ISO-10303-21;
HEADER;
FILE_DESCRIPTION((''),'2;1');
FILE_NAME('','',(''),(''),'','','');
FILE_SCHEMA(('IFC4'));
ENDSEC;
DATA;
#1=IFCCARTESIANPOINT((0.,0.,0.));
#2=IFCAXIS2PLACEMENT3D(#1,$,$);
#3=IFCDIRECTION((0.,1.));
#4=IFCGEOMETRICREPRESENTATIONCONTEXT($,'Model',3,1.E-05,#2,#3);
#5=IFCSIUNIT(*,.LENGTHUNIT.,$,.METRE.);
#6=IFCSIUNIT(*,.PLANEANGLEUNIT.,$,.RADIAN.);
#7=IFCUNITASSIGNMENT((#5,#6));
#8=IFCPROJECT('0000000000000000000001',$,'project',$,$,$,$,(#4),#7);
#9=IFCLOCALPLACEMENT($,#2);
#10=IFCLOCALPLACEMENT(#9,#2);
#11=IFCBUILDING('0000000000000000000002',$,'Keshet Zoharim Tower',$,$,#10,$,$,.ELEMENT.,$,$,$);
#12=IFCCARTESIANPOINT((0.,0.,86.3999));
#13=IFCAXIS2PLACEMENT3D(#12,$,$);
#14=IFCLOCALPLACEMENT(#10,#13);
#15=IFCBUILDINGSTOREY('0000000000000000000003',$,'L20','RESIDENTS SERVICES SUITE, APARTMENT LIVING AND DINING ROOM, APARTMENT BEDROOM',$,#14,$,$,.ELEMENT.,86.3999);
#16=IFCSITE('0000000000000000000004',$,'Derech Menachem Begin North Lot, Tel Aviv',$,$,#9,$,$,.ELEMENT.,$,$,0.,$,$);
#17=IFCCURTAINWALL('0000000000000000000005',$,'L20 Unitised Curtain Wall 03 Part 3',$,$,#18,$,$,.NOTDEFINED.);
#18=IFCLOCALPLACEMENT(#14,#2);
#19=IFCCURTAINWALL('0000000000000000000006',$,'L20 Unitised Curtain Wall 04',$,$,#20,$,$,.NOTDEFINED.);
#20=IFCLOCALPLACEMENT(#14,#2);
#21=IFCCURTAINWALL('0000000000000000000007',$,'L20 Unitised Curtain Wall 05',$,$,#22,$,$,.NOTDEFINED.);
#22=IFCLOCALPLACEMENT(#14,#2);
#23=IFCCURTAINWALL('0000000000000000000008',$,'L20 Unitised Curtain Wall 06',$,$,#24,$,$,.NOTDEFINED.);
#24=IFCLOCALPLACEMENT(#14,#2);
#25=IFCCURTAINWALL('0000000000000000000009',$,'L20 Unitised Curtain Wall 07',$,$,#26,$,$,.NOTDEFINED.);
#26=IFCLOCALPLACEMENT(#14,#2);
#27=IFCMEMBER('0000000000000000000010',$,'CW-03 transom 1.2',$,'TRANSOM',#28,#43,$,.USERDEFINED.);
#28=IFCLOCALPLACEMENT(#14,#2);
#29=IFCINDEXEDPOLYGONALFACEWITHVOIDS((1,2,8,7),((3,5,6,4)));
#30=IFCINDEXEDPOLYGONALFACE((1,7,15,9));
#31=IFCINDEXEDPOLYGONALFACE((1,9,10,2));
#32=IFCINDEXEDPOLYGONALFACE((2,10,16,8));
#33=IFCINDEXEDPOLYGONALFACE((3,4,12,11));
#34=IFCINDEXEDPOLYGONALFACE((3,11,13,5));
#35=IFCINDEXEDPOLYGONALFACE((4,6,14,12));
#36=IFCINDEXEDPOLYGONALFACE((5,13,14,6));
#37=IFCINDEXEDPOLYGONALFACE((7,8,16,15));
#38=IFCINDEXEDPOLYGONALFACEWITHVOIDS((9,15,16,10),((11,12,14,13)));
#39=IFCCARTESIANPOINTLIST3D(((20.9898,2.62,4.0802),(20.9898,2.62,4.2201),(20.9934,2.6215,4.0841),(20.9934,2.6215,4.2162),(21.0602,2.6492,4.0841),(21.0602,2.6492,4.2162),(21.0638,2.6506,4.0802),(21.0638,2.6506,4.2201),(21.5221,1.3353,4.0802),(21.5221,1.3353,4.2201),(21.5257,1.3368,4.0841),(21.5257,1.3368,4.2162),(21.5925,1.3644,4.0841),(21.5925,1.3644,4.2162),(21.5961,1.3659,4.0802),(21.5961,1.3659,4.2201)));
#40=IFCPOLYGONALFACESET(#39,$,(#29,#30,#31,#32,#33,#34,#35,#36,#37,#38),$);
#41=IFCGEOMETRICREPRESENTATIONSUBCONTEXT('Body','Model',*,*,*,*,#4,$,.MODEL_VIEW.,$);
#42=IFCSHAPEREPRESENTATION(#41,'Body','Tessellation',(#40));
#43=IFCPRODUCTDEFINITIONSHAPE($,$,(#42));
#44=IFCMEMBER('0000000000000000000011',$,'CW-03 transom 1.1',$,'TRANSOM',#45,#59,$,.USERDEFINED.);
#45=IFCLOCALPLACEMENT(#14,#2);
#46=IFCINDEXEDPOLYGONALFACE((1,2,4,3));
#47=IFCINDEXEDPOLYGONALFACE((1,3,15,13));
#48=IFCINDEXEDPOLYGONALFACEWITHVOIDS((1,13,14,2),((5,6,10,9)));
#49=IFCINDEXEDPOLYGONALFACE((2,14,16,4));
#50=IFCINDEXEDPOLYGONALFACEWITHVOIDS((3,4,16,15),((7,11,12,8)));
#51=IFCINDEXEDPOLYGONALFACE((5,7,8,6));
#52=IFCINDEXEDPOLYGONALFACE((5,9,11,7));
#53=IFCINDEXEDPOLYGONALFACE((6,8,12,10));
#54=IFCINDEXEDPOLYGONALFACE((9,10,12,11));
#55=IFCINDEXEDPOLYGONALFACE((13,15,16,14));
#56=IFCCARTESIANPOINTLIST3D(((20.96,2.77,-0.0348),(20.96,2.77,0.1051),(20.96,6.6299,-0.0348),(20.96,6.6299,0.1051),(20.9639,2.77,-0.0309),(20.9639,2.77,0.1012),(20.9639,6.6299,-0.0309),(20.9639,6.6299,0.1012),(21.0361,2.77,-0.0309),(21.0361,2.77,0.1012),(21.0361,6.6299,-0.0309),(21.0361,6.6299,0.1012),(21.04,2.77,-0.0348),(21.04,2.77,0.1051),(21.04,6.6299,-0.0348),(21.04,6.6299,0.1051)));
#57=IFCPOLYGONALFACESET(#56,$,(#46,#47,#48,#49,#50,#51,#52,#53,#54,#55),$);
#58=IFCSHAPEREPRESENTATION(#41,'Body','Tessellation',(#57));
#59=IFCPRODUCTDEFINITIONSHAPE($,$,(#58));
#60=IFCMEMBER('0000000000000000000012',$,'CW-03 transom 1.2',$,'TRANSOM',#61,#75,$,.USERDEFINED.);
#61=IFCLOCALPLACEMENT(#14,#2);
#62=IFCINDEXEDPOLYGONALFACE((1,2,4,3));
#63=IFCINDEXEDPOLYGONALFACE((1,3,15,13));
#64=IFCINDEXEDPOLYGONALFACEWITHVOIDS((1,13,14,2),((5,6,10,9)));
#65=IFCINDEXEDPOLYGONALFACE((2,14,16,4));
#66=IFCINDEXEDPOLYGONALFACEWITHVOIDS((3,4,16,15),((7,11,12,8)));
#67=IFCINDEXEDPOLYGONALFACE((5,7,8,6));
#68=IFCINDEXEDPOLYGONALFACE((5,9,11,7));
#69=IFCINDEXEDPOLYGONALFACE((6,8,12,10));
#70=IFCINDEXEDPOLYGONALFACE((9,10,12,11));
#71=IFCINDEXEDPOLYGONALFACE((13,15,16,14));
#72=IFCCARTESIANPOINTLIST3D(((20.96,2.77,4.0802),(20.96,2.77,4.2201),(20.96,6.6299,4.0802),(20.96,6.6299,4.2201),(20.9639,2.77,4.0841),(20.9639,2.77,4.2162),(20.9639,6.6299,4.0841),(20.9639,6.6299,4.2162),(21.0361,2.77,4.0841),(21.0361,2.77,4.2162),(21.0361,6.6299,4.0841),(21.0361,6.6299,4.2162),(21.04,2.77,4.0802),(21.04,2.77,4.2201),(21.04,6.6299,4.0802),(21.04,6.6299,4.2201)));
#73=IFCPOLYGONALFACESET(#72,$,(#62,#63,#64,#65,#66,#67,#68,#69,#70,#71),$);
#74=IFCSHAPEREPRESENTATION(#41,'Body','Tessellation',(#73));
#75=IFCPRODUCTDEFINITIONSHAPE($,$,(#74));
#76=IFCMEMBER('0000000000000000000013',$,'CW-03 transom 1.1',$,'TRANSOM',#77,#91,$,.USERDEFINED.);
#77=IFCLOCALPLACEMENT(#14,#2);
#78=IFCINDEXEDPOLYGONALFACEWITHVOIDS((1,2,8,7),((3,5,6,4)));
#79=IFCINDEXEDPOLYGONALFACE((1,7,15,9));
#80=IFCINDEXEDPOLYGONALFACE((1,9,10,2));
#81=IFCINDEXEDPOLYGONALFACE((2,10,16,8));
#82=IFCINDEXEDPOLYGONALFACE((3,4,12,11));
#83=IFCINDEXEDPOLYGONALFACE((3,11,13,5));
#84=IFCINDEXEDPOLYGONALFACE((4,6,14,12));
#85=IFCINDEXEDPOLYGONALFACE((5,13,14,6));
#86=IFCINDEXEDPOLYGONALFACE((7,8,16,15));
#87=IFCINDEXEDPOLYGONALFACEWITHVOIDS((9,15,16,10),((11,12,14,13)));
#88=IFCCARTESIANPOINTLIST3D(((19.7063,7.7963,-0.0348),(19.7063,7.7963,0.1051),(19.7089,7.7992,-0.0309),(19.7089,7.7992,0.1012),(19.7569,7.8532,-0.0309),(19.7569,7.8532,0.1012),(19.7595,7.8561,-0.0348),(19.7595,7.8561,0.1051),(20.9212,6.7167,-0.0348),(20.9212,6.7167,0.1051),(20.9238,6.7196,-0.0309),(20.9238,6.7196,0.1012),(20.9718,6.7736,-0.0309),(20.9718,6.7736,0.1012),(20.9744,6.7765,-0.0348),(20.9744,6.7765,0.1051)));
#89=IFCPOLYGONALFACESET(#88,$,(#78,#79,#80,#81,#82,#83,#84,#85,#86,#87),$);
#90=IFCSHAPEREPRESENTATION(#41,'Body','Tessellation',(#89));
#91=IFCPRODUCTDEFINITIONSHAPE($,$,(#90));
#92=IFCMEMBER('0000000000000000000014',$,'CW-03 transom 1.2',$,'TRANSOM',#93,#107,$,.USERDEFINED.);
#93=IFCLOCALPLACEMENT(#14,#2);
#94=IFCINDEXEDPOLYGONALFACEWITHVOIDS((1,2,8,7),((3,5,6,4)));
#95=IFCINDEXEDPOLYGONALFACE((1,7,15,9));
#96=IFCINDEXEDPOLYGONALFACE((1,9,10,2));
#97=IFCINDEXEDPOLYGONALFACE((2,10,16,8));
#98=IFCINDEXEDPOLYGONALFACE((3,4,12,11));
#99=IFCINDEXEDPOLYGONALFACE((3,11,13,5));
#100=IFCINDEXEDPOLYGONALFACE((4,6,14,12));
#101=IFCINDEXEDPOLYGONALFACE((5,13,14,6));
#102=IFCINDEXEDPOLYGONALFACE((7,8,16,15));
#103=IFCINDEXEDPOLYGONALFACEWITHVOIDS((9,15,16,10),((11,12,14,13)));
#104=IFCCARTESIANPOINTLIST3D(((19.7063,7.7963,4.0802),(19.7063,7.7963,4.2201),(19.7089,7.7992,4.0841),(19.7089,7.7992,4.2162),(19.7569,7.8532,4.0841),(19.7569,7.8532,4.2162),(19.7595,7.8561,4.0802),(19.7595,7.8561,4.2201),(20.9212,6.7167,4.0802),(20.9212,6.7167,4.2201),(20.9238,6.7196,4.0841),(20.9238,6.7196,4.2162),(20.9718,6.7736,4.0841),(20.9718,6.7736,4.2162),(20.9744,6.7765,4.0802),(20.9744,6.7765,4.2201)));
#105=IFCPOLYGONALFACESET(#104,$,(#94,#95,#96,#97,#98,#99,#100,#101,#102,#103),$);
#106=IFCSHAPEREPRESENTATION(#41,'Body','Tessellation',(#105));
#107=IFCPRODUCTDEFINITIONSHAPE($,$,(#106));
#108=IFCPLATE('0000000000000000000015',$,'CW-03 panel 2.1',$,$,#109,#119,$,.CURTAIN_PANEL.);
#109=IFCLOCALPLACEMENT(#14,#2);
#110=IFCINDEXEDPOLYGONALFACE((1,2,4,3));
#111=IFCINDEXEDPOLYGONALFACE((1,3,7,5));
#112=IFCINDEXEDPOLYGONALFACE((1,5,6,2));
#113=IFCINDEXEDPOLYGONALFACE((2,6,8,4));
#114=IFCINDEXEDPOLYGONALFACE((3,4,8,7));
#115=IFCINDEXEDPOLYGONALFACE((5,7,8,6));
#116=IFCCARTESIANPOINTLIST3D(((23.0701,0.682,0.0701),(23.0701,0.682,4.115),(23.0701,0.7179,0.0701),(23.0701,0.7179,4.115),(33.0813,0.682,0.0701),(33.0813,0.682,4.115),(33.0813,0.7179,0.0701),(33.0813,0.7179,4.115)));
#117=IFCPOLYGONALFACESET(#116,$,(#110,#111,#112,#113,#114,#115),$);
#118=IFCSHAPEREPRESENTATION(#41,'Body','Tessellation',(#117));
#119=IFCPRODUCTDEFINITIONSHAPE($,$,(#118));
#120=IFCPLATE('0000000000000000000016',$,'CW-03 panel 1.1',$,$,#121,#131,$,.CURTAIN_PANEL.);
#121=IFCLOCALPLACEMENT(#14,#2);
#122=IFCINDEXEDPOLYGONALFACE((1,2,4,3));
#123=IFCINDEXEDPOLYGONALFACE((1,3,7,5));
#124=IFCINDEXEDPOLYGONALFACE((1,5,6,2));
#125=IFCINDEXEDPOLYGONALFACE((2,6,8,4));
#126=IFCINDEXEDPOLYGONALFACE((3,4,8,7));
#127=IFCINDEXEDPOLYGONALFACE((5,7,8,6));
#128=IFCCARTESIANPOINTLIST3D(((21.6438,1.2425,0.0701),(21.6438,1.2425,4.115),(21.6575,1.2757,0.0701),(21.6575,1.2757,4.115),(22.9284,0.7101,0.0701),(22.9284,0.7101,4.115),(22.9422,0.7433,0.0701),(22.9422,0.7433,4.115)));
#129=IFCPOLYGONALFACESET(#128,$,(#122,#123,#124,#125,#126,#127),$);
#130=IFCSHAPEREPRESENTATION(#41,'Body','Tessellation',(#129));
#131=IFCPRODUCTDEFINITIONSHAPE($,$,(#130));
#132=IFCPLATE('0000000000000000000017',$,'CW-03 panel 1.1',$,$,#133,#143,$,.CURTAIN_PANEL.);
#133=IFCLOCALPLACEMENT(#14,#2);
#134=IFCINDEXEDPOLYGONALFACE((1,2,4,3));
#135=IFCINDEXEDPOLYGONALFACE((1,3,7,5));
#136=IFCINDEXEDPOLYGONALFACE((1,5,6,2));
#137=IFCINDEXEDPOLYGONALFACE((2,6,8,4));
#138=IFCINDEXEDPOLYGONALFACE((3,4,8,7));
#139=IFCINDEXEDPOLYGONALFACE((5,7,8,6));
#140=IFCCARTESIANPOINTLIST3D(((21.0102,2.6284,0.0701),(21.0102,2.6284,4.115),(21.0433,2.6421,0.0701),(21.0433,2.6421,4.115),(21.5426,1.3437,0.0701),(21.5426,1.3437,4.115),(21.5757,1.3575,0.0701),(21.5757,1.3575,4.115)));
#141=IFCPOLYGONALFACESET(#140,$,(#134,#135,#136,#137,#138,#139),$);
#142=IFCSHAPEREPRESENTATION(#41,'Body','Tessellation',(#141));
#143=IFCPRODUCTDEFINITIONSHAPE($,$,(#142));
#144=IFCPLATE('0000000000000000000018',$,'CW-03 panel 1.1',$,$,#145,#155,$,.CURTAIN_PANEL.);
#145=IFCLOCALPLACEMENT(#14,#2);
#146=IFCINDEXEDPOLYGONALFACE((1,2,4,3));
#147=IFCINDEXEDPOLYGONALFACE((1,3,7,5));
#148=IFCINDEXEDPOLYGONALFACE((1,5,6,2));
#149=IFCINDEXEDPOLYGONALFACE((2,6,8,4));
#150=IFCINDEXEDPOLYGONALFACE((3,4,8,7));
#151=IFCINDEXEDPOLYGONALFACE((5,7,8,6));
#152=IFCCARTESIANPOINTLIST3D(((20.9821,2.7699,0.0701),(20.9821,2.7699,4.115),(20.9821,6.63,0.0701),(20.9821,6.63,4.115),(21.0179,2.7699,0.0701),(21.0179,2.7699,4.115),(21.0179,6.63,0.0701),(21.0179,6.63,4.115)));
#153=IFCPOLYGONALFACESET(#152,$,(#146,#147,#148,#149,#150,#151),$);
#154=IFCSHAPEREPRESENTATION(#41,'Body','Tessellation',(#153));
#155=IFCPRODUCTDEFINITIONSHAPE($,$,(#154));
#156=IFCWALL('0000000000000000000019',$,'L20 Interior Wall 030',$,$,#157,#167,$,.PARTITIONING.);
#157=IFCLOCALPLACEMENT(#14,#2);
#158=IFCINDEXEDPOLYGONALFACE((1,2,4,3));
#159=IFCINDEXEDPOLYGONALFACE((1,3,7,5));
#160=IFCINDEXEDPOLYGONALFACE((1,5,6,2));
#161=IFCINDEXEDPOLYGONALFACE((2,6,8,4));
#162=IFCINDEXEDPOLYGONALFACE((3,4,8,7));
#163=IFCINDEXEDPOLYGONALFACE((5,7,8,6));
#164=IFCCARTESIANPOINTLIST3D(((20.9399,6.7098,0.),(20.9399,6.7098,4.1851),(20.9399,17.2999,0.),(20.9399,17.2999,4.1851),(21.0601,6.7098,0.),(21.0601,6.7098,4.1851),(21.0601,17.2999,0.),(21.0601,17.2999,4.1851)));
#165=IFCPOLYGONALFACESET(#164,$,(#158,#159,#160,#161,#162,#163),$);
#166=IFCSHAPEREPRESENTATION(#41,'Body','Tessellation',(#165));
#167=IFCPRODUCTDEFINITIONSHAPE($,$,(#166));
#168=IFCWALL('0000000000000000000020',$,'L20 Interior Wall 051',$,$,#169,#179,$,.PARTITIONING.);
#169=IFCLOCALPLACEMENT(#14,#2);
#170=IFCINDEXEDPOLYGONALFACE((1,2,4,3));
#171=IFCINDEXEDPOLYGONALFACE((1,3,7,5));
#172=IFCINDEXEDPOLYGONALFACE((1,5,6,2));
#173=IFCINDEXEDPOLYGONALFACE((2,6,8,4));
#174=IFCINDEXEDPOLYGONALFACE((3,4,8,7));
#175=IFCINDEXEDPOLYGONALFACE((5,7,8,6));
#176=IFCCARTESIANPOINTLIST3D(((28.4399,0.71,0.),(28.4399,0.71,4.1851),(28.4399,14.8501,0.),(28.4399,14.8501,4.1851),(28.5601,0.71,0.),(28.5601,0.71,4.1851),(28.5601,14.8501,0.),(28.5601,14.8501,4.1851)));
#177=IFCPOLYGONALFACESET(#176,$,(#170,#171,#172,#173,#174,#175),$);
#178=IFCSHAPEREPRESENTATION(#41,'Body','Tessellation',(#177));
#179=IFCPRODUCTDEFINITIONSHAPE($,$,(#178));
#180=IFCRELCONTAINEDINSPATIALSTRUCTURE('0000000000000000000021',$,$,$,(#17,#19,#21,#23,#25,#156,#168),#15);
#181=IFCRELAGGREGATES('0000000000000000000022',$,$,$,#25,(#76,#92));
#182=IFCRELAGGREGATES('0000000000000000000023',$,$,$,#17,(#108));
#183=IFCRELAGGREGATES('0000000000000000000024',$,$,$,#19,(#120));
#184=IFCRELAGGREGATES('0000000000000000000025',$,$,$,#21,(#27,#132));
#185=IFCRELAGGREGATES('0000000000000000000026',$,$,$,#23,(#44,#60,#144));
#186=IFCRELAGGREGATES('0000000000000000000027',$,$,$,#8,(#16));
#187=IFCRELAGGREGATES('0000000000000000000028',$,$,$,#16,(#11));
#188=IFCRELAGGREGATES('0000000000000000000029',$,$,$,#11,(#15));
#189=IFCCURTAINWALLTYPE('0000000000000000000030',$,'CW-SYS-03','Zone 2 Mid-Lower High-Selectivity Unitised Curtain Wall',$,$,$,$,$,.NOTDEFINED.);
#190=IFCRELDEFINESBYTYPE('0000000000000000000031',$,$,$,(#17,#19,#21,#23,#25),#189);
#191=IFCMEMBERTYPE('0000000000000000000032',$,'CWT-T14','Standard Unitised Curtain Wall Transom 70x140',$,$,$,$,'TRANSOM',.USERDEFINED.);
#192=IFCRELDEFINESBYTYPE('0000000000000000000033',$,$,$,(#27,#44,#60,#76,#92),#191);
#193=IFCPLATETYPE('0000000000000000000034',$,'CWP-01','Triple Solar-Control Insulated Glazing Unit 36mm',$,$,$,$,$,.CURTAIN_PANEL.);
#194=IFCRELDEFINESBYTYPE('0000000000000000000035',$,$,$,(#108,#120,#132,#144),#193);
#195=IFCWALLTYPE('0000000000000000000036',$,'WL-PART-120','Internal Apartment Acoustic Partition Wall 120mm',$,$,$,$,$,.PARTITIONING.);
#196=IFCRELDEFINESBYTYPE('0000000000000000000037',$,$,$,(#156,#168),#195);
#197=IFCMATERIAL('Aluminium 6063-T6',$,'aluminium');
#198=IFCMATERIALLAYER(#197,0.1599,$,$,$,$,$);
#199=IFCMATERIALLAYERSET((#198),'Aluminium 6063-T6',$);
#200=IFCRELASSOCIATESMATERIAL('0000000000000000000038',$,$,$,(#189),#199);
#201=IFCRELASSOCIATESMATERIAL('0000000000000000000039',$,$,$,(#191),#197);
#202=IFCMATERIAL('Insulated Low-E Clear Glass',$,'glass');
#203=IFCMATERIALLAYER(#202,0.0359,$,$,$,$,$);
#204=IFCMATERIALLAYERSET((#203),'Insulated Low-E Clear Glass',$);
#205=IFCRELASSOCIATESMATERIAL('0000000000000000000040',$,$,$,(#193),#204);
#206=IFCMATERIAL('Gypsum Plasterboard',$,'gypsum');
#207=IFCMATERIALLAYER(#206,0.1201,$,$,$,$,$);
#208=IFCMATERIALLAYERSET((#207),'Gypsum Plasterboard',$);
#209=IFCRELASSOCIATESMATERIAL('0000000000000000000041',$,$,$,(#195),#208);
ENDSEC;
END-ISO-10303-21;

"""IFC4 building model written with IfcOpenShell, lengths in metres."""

from ifc_helpers import new_model, si_unit, direction, frame, frame_2d, origin, origin_2d, place, context, subcontext, project, spatial, rectangle, hollow_rectangle, extrude, material, layer, layer_set, material_profile, profile_set, type_object, element, aggregate, save


model = new_model("IFC4")

# Units and contexts
model_context = context("Model", 3, precision=1e-05, world=origin(), true_north=direction((0.0, 1.0)))
body_context = subcontext(model_context, "Body", "Model", "MODEL_VIEW")
ifc_project = project(units=[si_unit("LENGTHUNIT", "METRE"), si_unit("PLANEANGLEUNIT", "RADIAN")], contexts=[model_context])

# Site, building, storey
site_placement = place(None, origin())
site = spatial("IfcSite", under=ifc_project, at=site_placement, Name="Derech Menachem Begin North Lot, Tel Aviv", CompositionType="ELEMENT", RefElevation=0.0)
building_placement = place(site_placement, origin())
building = spatial("IfcBuilding", under=site, at=building_placement, Name="Keshet Zoharim Tower", CompositionType="ELEMENT")
storey_placement = place(building_placement, frame((0.0, 0.0, 86.3999)))
storey = spatial("IfcBuildingStorey", under=building, at=storey_placement, Name="L20", Description="RESIDENTS SERVICES SUITE, APARTMENT LIVING AND DINING ROOM, APARTMENT BEDROOM", CompositionType="ELEMENT", Elevation=86.3999)

# Curtain wall
ifc_material_1 = material(Name="Aluminium 6063-T6", Category="aluminium")
ifc_layer_1 = layer(ifc_material_1, 0.1599)
ifc_layer_set_1 = layer_set([ifc_layer_1], Name="Aluminium 6063-T6")
curtain_wall_type = type_object("IfcCurtainWallType", Name="CW-SYS-03", Description="Zone 2 Mid-Lower High-Selectivity Unitised Curtain Wall", PredefinedType="NOTDEFINED", material=ifc_layer_set_1)
curtain_wall_1_placement = place(storey_placement, origin())
curtain_wall_1 = element("IfcCurtainWall", 1, at=curtain_wall_1_placement, inside=storey, type_object=curtain_wall_type, Name="L20 Unitised Curtain Wall 03 Part 3", PredefinedType="NOTDEFINED")

# Curtain walls
curtain_wall_2_placement = place(storey_placement, origin())
curtain_wall_2 = element("IfcCurtainWall", 2, at=curtain_wall_2_placement, inside=storey, type_object=curtain_wall_type, Name="L20 Unitised Curtain Wall 04", PredefinedType="NOTDEFINED")
curtain_wall_3_placement = place(storey_placement, origin())
curtain_wall_3 = element("IfcCurtainWall", 3, at=curtain_wall_3_placement, inside=storey, type_object=curtain_wall_type, Name="L20 Unitised Curtain Wall 05", PredefinedType="NOTDEFINED")
curtain_wall_4_placement = place(storey_placement, origin())
curtain_wall_4 = element("IfcCurtainWall", 4, at=curtain_wall_4_placement, inside=storey, type_object=curtain_wall_type, Name="L20 Unitised Curtain Wall 06", PredefinedType="NOTDEFINED")

# Curtain wall
curtain_wall_5_placement = place(storey_placement, origin())
curtain_wall_5 = element("IfcCurtainWall", 5, at=curtain_wall_5_placement, inside=storey, type_object=curtain_wall_type, Name="L20 Unitised Curtain Wall 07", PredefinedType="NOTDEFINED")

# Members
ifc_material_profile_1 = material_profile(ifc_material_1, hollow_rectangle(XDim=0.0801, YDim=0.1399, WallThickness=0.0039, at=origin_2d()), Name="TRN-80x140")
ifc_profile_set_1 = profile_set([ifc_material_profile_1], Name="Aluminium 6063-T6")
member_type_1 = type_object("IfcMemberType", Name="CWT-T14", Description="Standard Unitised Curtain Wall Transom 70x140", ElementType="TRANSOM", PredefinedType="USERDEFINED", material=ifc_profile_set_1)
member_1_placement = place(storey_placement, frame((21.5591, 1.3506, 4.1501), z_axis=(-0.382745, 0.923854, 0.0), x_axis=(-0.923854, -0.382745, 0.0)))
member_1 = element("IfcMember", 6, at=member_1_placement, type_object=member_type_1, Name="CW-03 transom 1.2", ObjectType="TRANSOM", PredefinedType="USERDEFINED", context=body_context, shape_type="SweptSolid", body=[
    extrude(hollow_rectangle(XDim=0.0801, YDim=0.1399, WallThickness=0.0039, at=origin_2d()), origin(), (0.0, 0.0, 1.0), 1.3906),
])
member_2_placement = place(storey_placement, frame((21.0, 2.77, 0.0352), z_axis=(0.0, 1.0, 0.0), x_axis=(-1.0, 0.0, 0.0)))
member_2 = element("IfcMember", 7, at=member_2_placement, type_object=member_type_1, Name="CW-03 transom 1.1", ObjectType="TRANSOM", PredefinedType="USERDEFINED", context=body_context, shape_type="SweptSolid", body=[
    extrude(hollow_rectangle(XDim=0.0801, YDim=0.1399, WallThickness=0.0039, at=origin_2d()), origin(), (0.0, 0.0, 1.0), 3.8599),
])
member_3_placement = place(storey_placement, frame((21.0, 2.77, 4.1501), z_axis=(0.0, 1.0, 0.0), x_axis=(-1.0, 0.0, 0.0)))
member_3 = element("IfcMember", 8, at=member_3_placement, type_object=member_type_1, Name="CW-03 transom 1.2", ObjectType="TRANSOM", PredefinedType="USERDEFINED", context=body_context, shape_type="SweptSolid", body=[
    extrude(hollow_rectangle(XDim=0.0801, YDim=0.1399, WallThickness=0.0039, at=origin_2d()), origin(), (0.0, 0.0, 1.0), 3.8599),
])
member_4_placement = place(storey_placement, frame((20.9478, 6.7466, 0.0352), z_axis=(-0.747492, 0.664271, 0.0), x_axis=(-0.664271, -0.747492, 0.0)))
member_4 = element("IfcMember", 9, at=member_4_placement, type_object=member_type_1, Name="CW-03 transom 1.1", ObjectType="TRANSOM", PredefinedType="USERDEFINED", context=body_context, shape_type="SweptSolid", body=[
    extrude(hollow_rectangle(XDim=0.0801, YDim=0.1399, WallThickness=0.0039, at=origin_2d()), origin(), (0.0, 0.0, 1.0), 1.6252),
])
member_5_placement = place(storey_placement, frame((20.9478, 6.7466, 4.1501), z_axis=(-0.747492, 0.664271, 0.0), x_axis=(-0.664271, -0.747492, 0.0)))
member_5 = element("IfcMember", 10, at=member_5_placement, type_object=member_type_1, Name="CW-03 transom 1.2", ObjectType="TRANSOM", PredefinedType="USERDEFINED", context=body_context, shape_type="SweptSolid", body=[
    extrude(hollow_rectangle(XDim=0.0801, YDim=0.1399, WallThickness=0.0039, at=origin_2d()), origin(), (0.0, 0.0, 1.0), 1.6252),
])
aggregate(curtain_wall_5, [member_4, member_5])

# Plates
ifc_material_2 = material(Name="Insulated Low-E Clear Glass", Category="glass")
ifc_layer_2 = layer(ifc_material_2, 0.0359)
ifc_layer_set_2 = layer_set([ifc_layer_2], Name="Insulated Low-E Clear Glass")
plate_type = type_object("IfcPlateType", Name="CWP-01", Description="Triple Solar-Control Insulated Glazing Unit 36mm", PredefinedType="CURTAIN_PANEL", material=ifc_layer_set_2)
plate_1_placement = place(storey_placement, frame((28.0757, 0.7, 0.0701), z_axis=(0.0, 0.0, 1.0), x_axis=(-1.0, 0.0, 0.0)))
plate_1 = element("IfcPlate", 11, at=plate_1_placement, type_object=plate_type, Name="CW-03 panel 2.1", PredefinedType="CURTAIN_PANEL", context=body_context, shape_type="SweptSolid", body=[
    extrude(rectangle(XDim=10.0112, YDim=0.0359, at=origin_2d()), origin(), (0.0, 0.0, 1.0), 4.0449),
])
aggregate(curtain_wall_1, [plate_1])
plate_2_placement = place(storey_placement, frame((22.293, 0.9929, 0.0701), z_axis=(0.0, 0.0, 1.0), x_axis=(-0.92381, 0.382852, 0.0)))
plate_2 = element("IfcPlate", 12, at=plate_2_placement, type_object=plate_type, Name="CW-03 panel 1.1", PredefinedType="CURTAIN_PANEL", context=body_context, shape_type="SweptSolid", body=[
    extrude(rectangle(XDim=1.3906, YDim=0.0359, at=origin_2d()), origin(), (0.0, 0.0, 1.0), 4.0449),
])
aggregate(curtain_wall_2, [plate_2])
plate_3_placement = place(storey_placement, frame((21.293, 1.9929, 0.0701), z_axis=(0.0, 0.0, 1.0), x_axis=(-0.382852, 0.92381, 0.0)))
plate_3 = element("IfcPlate", 13, at=plate_3_placement, type_object=plate_type, Name="CW-03 panel 1.1", PredefinedType="CURTAIN_PANEL", context=body_context, shape_type="SweptSolid", body=[
    extrude(rectangle(XDim=1.3906, YDim=0.0359, at=origin_2d()), origin(), (0.0, 0.0, 1.0), 4.0449),
])
aggregate(curtain_wall_3, [member_1, plate_3])
plate_4_placement = place(storey_placement, frame((21.0, 4.7, 0.0701), z_axis=(0.0, 0.0, 1.0), x_axis=(0.0, 1.0, 0.0)))
plate_4 = element("IfcPlate", 14, at=plate_4_placement, type_object=plate_type, Name="CW-03 panel 1.1", PredefinedType="CURTAIN_PANEL", context=body_context, shape_type="SweptSolid", body=[
    extrude(rectangle(XDim=3.8601, YDim=0.0359, at=origin_2d()), origin(), (0.0, 0.0, 1.0), 4.0449),
])
aggregate(curtain_wall_4, [member_2, member_3, plate_4])

# Walls
ifc_material_3 = material(Name="Gypsum Plasterboard", Category="gypsum")
ifc_layer_3 = layer(ifc_material_3, 0.1201)
ifc_layer_set_3 = layer_set([ifc_layer_3], Name="Gypsum Plasterboard")
wall_type = type_object("IfcWallType", Name="WL-PART-120", Description="Internal Apartment Acoustic Partition Wall 120mm", PredefinedType="PARTITIONING", material=ifc_layer_set_3)
wall_1_placement = place(storey_placement, frame((21.0, 6.71, 0.0), z_axis=(0.0, 0.0, 1.0), x_axis=(0.0, 1.0, 0.0)))
element("IfcWall", 15, at=wall_1_placement, inside=storey, type_object=wall_type, Name="L20 Interior Wall 030", PredefinedType="PARTITIONING", context=body_context, shape_type="SweptSolid", body=[
    extrude(rectangle(XDim=10.5901, YDim=0.1201, at=frame_2d((5.2949, 0.0))), origin(), (0.0, 0.0, 1.0), 4.1851),
])
wall_2_placement = place(storey_placement, frame((28.5, 0.71, 0.0), z_axis=(0.0, 0.0, 1.0), x_axis=(0.0, 1.0, 0.0)))
element("IfcWall", 16, at=wall_2_placement, inside=storey, type_object=wall_type, Name="L20 Interior Wall 051", PredefinedType="PARTITIONING", context=body_context, shape_type="SweptSolid", body=[
    extrude(rectangle(XDim=14.1401, YDim=0.1201, at=frame_2d((7.0701, 0.0))), origin(), (0.0, 0.0, 1.0), 4.1851),
])

save(model, "model.ifc")
